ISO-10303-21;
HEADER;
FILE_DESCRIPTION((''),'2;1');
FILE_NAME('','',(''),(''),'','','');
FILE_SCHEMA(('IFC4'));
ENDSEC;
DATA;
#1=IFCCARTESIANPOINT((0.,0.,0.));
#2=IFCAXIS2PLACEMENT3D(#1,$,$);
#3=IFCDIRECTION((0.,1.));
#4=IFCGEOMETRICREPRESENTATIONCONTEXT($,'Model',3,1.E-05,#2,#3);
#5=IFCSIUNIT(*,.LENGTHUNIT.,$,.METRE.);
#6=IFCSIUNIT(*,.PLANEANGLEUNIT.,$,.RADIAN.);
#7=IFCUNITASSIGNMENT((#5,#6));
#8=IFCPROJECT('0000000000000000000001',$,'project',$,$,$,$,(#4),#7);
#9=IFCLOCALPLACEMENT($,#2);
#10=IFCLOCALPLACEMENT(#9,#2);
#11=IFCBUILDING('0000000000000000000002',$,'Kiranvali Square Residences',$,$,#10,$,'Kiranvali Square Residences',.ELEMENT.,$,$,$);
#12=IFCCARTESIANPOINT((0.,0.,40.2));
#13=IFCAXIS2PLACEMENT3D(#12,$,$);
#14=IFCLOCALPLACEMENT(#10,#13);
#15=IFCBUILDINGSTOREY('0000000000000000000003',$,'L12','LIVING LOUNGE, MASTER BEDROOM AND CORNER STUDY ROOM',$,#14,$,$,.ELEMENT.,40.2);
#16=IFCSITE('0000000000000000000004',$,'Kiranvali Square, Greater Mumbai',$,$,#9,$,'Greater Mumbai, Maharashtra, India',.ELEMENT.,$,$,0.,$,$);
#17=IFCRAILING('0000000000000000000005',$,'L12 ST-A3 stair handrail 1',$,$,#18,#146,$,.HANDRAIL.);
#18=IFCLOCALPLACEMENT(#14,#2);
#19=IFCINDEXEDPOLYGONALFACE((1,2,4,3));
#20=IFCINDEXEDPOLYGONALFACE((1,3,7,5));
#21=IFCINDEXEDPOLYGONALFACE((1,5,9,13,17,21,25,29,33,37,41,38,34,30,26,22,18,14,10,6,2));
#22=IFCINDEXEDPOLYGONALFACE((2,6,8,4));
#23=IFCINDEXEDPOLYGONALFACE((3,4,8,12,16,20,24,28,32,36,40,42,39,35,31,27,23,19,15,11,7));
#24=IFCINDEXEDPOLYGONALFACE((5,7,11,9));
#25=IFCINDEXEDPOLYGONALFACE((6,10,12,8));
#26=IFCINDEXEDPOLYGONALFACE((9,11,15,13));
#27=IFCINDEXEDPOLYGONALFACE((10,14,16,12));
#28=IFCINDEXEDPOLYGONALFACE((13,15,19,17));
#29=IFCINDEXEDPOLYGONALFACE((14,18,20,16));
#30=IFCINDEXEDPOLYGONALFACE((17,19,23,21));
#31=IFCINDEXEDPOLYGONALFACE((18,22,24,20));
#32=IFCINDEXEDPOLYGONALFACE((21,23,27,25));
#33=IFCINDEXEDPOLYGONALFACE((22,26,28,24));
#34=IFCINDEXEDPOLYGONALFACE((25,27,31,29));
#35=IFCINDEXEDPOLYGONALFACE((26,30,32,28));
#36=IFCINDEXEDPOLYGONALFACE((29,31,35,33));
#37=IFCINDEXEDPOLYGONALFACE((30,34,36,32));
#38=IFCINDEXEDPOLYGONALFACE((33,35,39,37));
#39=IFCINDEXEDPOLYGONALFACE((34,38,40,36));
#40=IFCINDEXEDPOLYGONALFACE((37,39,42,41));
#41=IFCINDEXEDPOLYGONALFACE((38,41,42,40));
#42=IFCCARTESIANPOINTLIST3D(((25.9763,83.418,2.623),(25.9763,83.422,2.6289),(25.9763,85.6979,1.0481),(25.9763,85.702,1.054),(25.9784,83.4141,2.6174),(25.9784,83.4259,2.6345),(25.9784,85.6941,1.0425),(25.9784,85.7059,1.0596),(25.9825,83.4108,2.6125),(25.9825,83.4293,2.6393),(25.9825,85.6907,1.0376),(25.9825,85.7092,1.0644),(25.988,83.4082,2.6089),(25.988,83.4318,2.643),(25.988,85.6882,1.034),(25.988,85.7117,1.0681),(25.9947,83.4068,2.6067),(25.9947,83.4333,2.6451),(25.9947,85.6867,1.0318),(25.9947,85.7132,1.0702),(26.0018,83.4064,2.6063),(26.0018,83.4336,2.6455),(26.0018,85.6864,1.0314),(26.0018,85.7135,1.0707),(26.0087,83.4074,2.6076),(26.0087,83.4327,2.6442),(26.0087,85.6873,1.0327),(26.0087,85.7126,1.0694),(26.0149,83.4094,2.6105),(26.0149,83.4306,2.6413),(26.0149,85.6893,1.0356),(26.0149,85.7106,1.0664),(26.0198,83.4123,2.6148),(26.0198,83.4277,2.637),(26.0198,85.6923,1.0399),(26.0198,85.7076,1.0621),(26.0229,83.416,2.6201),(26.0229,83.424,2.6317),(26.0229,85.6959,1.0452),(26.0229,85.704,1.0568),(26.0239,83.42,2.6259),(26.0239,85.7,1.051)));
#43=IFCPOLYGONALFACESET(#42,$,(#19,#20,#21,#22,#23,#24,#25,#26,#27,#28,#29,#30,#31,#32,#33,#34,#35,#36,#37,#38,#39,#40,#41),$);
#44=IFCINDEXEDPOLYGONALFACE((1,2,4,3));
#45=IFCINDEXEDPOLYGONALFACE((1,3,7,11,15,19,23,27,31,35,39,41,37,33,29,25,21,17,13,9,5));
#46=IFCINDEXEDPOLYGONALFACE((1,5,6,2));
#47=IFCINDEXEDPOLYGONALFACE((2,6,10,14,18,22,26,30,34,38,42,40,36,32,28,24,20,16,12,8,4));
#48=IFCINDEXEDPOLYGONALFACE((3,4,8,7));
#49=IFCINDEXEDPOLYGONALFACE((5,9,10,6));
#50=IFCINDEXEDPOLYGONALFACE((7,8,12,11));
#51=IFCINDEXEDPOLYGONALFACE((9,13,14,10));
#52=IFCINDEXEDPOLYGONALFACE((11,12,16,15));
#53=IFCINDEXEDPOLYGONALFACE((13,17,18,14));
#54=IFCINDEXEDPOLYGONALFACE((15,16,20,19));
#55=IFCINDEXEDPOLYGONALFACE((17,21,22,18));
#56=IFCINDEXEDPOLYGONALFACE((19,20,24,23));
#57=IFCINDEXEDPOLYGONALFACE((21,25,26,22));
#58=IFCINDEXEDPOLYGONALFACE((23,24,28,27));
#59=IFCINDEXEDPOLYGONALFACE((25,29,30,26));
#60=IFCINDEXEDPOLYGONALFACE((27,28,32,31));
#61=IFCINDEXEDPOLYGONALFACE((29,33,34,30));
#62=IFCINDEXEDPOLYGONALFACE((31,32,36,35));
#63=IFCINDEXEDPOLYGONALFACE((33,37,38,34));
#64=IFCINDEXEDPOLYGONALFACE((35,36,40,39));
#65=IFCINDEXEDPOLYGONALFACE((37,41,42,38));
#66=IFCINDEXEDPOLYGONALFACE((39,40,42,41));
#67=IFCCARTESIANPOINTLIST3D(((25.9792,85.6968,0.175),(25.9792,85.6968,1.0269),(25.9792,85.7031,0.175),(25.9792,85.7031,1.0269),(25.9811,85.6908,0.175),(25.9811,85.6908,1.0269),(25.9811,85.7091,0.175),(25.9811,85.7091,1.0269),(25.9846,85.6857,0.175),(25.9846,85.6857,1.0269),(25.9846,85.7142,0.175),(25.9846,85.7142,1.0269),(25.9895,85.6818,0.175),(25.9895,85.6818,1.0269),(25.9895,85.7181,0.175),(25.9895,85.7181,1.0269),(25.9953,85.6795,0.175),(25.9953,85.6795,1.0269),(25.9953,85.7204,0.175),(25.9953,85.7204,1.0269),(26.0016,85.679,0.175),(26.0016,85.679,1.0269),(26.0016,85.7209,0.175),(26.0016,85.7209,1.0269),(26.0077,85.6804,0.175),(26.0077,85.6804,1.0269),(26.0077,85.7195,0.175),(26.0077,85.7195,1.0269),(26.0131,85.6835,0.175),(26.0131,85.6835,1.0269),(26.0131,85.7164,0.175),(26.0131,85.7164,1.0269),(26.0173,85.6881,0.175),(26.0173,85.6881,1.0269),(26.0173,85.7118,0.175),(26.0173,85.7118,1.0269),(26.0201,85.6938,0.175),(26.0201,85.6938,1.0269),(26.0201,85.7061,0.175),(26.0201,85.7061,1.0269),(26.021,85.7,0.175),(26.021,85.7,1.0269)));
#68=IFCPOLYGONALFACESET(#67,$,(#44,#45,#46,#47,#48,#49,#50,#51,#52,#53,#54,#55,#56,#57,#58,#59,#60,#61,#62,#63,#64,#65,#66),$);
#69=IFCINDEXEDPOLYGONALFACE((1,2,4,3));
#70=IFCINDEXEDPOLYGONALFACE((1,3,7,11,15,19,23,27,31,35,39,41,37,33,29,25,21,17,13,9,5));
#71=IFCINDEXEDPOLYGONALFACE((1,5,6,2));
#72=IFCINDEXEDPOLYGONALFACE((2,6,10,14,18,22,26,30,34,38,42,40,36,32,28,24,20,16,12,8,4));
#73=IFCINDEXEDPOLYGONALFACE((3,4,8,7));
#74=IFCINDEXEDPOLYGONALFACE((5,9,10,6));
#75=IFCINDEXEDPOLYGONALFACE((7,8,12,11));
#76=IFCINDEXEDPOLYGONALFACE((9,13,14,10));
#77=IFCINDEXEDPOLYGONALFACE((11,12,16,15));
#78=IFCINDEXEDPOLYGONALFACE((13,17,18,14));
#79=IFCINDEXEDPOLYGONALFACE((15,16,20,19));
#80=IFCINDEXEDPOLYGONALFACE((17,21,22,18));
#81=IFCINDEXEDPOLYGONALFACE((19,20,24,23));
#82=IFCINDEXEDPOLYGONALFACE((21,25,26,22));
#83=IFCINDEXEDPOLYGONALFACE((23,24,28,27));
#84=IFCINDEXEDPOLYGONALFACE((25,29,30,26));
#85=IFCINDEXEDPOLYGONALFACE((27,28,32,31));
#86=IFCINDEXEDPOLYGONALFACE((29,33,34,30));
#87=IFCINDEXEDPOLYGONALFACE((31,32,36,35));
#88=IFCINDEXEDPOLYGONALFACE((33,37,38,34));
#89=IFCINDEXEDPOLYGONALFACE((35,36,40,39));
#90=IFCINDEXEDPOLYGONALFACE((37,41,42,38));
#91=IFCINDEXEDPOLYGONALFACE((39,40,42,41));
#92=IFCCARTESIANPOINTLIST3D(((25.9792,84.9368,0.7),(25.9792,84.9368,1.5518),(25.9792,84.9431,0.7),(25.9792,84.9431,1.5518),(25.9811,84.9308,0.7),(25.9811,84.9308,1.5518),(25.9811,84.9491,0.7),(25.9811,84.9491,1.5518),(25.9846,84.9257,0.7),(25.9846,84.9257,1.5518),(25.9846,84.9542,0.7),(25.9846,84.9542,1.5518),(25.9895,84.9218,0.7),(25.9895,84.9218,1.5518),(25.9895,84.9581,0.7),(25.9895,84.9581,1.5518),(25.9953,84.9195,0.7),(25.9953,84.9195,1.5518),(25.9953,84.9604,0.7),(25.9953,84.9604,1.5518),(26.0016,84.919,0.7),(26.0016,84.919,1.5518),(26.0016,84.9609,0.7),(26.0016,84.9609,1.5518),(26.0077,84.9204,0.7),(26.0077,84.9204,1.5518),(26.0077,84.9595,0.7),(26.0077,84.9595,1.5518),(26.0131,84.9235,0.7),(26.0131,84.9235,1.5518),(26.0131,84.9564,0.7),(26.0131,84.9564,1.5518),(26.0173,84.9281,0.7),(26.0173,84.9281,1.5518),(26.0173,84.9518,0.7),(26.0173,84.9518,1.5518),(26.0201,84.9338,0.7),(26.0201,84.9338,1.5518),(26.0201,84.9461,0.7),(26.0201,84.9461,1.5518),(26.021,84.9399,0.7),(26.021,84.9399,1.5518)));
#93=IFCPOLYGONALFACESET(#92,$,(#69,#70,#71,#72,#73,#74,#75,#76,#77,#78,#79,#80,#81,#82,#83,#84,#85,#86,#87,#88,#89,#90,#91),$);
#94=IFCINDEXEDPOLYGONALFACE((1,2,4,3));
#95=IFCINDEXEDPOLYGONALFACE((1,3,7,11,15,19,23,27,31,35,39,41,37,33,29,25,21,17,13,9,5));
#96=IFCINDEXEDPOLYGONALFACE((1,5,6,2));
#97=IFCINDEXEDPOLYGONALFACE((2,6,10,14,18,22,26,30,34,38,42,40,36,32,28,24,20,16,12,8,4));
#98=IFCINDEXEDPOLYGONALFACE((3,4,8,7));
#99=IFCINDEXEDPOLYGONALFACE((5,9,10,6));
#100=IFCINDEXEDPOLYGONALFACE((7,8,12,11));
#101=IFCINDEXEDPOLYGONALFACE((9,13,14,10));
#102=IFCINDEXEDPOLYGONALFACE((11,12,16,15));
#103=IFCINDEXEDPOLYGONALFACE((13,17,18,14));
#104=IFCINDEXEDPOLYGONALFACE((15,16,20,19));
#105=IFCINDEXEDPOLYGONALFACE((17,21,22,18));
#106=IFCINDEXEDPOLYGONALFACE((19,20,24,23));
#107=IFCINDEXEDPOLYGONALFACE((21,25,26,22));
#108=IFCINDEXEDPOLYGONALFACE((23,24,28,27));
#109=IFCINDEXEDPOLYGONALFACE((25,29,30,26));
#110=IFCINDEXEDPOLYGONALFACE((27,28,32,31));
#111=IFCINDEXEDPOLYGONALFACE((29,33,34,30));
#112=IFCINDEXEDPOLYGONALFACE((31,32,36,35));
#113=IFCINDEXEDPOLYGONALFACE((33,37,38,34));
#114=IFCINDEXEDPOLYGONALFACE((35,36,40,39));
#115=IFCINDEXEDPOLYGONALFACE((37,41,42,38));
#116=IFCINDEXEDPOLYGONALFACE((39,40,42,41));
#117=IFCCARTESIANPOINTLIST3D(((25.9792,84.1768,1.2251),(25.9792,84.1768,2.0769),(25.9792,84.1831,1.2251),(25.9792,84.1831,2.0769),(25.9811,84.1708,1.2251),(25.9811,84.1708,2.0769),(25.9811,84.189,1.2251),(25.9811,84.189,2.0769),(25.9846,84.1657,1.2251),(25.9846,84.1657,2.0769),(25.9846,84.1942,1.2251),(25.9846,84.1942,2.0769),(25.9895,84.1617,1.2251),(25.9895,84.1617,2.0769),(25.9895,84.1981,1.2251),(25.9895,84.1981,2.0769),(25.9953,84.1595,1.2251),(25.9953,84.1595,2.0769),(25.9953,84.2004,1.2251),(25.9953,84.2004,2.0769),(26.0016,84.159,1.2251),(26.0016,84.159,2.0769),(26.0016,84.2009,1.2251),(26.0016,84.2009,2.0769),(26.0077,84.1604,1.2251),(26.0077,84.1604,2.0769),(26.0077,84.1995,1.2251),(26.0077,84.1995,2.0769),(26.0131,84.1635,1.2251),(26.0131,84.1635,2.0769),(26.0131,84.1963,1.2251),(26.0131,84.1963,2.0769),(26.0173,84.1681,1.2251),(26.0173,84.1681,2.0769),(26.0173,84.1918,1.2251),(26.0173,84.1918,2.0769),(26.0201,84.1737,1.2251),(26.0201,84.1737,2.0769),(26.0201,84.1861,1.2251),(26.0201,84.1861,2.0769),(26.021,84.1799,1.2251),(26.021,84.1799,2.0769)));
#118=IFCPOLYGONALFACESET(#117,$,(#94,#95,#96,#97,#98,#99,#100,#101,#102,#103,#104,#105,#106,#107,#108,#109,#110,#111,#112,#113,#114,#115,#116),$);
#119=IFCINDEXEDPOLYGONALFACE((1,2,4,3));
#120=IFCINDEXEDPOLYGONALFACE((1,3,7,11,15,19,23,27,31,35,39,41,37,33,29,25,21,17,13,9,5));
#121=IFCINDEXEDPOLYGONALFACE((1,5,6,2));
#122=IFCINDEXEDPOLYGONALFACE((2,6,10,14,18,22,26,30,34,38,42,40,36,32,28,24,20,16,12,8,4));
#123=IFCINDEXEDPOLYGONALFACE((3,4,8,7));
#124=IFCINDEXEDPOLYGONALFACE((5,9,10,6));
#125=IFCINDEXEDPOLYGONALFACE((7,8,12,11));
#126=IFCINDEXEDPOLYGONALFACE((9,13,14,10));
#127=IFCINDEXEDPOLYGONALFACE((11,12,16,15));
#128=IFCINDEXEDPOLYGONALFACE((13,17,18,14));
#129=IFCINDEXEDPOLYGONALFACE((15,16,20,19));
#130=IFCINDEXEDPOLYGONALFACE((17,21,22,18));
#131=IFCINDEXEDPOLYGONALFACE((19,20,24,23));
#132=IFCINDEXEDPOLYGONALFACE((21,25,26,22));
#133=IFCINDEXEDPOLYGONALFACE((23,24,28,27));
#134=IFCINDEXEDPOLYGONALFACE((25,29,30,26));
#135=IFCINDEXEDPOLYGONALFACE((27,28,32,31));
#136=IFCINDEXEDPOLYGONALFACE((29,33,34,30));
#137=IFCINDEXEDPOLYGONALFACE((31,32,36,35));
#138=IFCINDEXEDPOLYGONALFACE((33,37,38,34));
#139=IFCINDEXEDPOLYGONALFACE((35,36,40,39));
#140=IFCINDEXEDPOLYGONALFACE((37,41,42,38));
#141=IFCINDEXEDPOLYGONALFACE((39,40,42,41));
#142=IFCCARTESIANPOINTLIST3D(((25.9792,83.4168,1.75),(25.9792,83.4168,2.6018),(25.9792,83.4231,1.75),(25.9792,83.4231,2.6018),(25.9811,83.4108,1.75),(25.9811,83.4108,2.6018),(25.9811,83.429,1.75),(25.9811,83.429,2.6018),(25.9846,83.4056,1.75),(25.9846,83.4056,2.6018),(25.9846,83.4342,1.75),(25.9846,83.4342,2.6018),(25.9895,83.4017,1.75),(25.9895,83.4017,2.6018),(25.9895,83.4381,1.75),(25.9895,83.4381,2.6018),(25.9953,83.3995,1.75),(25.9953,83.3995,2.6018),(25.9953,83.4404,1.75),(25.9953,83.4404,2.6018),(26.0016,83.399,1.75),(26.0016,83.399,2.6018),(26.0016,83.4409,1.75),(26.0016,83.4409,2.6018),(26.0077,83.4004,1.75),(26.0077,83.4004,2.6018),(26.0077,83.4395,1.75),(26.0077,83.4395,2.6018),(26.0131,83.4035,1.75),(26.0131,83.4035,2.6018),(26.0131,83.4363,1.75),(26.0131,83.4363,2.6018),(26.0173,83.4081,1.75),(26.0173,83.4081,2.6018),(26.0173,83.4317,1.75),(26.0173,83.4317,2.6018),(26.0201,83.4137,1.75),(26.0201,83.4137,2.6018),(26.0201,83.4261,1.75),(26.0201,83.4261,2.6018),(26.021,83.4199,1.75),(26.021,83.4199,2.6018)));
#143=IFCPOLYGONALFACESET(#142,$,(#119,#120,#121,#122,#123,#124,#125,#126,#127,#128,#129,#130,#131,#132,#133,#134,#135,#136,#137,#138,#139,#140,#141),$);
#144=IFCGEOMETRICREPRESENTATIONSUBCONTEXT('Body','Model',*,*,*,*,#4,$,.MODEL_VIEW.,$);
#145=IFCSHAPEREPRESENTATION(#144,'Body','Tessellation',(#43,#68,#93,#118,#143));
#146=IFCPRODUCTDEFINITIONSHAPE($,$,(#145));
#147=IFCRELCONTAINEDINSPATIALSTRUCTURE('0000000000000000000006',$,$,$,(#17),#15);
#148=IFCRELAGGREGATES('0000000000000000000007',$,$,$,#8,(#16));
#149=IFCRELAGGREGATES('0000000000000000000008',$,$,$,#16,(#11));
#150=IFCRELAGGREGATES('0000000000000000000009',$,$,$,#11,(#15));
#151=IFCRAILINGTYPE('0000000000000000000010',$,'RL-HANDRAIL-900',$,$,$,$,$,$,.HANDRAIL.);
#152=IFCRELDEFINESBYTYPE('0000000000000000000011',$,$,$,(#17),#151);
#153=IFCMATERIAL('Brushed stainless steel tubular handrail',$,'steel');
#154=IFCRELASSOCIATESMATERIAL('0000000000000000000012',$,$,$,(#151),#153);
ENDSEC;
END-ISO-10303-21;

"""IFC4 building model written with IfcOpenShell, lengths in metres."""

from ifc_helpers import new_model, si_unit, direction, frame, origin, origin_2d, place, context, subcontext, project, spatial, circle, extrude, material, type_object, element, save


model = new_model("IFC4")

# Units and contexts
model_context = context("Model", 3, precision=1e-05, world=origin(), true_north=direction((0.0, 1.0)))
body_context = subcontext(model_context, "Body", "Model", "MODEL_VIEW")
ifc_project = project(units=[si_unit("LENGTHUNIT", "METRE"), si_unit("PLANEANGLEUNIT", "RADIAN")], contexts=[model_context])

# Site, building, storey
site_placement = place(None, origin())
site = spatial("IfcSite", under=ifc_project, at=site_placement, Name="Kiranvali Square, Greater Mumbai", LongName="Greater Mumbai, Maharashtra, India", CompositionType="ELEMENT", RefElevation=0.0)
building_placement = place(site_placement, origin())
building = spatial("IfcBuilding", under=site, at=building_placement, Name="Kiranvali Square Residences", LongName="Kiranvali Square Residences", CompositionType="ELEMENT")
storey_placement = place(building_placement, frame((0.0, 0.0, 40.2)))
storey = spatial("IfcBuildingStorey", under=building, at=storey_placement, Name="L12", Description="LIVING LOUNGE, MASTER BEDROOM AND CORNER STUDY ROOM", CompositionType="ELEMENT", Elevation=40.2)

# Railing
ifc_material_1 = material(Name="Brushed stainless steel tubular handrail", Category="steel")
railing_type_1 = type_object("IfcRailingType", Name="RL-HANDRAIL-900", PredefinedType="HANDRAIL", material=ifc_material_1)
railing_1_placement = place(storey_placement, frame((26.0, 85.7, 0.175)))
element("IfcRailing", 1, at=railing_1_placement, inside=storey, type_object=railing_type_1, Name="L12 ST-A3 stair handrail 1", PredefinedType="HANDRAIL", context=body_context, shape_type="SweptSolid", body=[
    extrude(circle(Radius=0.0239, at=origin_2d()), frame((0.0, 0.0, 0.876), z_axis=(0.0, -0.822788, 0.568348), x_axis=(1.0, 0.0, 0.0)), (0.0, 0.0, 1.0), 2.771),
    extrude(circle(Radius=0.021, at=origin_2d()), origin(), (0.0, 0.0, 1.0), 0.8518),
    extrude(circle(Radius=0.021, at=origin_2d()), frame((0.0, -0.76, 0.5249)), (0.0, 0.0, 1.0), 0.8518),
    extrude(circle(Radius=0.021, at=origin_2d()), frame((0.0, -1.52, 1.05)), (0.0, 0.0, 1.0), 0.8518),
    extrude(circle(Radius=0.021, at=origin_2d()), frame((0.0, -2.28, 1.575)), (0.0, 0.0, 1.0), 0.8518),
])

save(model, "model.ifc")
